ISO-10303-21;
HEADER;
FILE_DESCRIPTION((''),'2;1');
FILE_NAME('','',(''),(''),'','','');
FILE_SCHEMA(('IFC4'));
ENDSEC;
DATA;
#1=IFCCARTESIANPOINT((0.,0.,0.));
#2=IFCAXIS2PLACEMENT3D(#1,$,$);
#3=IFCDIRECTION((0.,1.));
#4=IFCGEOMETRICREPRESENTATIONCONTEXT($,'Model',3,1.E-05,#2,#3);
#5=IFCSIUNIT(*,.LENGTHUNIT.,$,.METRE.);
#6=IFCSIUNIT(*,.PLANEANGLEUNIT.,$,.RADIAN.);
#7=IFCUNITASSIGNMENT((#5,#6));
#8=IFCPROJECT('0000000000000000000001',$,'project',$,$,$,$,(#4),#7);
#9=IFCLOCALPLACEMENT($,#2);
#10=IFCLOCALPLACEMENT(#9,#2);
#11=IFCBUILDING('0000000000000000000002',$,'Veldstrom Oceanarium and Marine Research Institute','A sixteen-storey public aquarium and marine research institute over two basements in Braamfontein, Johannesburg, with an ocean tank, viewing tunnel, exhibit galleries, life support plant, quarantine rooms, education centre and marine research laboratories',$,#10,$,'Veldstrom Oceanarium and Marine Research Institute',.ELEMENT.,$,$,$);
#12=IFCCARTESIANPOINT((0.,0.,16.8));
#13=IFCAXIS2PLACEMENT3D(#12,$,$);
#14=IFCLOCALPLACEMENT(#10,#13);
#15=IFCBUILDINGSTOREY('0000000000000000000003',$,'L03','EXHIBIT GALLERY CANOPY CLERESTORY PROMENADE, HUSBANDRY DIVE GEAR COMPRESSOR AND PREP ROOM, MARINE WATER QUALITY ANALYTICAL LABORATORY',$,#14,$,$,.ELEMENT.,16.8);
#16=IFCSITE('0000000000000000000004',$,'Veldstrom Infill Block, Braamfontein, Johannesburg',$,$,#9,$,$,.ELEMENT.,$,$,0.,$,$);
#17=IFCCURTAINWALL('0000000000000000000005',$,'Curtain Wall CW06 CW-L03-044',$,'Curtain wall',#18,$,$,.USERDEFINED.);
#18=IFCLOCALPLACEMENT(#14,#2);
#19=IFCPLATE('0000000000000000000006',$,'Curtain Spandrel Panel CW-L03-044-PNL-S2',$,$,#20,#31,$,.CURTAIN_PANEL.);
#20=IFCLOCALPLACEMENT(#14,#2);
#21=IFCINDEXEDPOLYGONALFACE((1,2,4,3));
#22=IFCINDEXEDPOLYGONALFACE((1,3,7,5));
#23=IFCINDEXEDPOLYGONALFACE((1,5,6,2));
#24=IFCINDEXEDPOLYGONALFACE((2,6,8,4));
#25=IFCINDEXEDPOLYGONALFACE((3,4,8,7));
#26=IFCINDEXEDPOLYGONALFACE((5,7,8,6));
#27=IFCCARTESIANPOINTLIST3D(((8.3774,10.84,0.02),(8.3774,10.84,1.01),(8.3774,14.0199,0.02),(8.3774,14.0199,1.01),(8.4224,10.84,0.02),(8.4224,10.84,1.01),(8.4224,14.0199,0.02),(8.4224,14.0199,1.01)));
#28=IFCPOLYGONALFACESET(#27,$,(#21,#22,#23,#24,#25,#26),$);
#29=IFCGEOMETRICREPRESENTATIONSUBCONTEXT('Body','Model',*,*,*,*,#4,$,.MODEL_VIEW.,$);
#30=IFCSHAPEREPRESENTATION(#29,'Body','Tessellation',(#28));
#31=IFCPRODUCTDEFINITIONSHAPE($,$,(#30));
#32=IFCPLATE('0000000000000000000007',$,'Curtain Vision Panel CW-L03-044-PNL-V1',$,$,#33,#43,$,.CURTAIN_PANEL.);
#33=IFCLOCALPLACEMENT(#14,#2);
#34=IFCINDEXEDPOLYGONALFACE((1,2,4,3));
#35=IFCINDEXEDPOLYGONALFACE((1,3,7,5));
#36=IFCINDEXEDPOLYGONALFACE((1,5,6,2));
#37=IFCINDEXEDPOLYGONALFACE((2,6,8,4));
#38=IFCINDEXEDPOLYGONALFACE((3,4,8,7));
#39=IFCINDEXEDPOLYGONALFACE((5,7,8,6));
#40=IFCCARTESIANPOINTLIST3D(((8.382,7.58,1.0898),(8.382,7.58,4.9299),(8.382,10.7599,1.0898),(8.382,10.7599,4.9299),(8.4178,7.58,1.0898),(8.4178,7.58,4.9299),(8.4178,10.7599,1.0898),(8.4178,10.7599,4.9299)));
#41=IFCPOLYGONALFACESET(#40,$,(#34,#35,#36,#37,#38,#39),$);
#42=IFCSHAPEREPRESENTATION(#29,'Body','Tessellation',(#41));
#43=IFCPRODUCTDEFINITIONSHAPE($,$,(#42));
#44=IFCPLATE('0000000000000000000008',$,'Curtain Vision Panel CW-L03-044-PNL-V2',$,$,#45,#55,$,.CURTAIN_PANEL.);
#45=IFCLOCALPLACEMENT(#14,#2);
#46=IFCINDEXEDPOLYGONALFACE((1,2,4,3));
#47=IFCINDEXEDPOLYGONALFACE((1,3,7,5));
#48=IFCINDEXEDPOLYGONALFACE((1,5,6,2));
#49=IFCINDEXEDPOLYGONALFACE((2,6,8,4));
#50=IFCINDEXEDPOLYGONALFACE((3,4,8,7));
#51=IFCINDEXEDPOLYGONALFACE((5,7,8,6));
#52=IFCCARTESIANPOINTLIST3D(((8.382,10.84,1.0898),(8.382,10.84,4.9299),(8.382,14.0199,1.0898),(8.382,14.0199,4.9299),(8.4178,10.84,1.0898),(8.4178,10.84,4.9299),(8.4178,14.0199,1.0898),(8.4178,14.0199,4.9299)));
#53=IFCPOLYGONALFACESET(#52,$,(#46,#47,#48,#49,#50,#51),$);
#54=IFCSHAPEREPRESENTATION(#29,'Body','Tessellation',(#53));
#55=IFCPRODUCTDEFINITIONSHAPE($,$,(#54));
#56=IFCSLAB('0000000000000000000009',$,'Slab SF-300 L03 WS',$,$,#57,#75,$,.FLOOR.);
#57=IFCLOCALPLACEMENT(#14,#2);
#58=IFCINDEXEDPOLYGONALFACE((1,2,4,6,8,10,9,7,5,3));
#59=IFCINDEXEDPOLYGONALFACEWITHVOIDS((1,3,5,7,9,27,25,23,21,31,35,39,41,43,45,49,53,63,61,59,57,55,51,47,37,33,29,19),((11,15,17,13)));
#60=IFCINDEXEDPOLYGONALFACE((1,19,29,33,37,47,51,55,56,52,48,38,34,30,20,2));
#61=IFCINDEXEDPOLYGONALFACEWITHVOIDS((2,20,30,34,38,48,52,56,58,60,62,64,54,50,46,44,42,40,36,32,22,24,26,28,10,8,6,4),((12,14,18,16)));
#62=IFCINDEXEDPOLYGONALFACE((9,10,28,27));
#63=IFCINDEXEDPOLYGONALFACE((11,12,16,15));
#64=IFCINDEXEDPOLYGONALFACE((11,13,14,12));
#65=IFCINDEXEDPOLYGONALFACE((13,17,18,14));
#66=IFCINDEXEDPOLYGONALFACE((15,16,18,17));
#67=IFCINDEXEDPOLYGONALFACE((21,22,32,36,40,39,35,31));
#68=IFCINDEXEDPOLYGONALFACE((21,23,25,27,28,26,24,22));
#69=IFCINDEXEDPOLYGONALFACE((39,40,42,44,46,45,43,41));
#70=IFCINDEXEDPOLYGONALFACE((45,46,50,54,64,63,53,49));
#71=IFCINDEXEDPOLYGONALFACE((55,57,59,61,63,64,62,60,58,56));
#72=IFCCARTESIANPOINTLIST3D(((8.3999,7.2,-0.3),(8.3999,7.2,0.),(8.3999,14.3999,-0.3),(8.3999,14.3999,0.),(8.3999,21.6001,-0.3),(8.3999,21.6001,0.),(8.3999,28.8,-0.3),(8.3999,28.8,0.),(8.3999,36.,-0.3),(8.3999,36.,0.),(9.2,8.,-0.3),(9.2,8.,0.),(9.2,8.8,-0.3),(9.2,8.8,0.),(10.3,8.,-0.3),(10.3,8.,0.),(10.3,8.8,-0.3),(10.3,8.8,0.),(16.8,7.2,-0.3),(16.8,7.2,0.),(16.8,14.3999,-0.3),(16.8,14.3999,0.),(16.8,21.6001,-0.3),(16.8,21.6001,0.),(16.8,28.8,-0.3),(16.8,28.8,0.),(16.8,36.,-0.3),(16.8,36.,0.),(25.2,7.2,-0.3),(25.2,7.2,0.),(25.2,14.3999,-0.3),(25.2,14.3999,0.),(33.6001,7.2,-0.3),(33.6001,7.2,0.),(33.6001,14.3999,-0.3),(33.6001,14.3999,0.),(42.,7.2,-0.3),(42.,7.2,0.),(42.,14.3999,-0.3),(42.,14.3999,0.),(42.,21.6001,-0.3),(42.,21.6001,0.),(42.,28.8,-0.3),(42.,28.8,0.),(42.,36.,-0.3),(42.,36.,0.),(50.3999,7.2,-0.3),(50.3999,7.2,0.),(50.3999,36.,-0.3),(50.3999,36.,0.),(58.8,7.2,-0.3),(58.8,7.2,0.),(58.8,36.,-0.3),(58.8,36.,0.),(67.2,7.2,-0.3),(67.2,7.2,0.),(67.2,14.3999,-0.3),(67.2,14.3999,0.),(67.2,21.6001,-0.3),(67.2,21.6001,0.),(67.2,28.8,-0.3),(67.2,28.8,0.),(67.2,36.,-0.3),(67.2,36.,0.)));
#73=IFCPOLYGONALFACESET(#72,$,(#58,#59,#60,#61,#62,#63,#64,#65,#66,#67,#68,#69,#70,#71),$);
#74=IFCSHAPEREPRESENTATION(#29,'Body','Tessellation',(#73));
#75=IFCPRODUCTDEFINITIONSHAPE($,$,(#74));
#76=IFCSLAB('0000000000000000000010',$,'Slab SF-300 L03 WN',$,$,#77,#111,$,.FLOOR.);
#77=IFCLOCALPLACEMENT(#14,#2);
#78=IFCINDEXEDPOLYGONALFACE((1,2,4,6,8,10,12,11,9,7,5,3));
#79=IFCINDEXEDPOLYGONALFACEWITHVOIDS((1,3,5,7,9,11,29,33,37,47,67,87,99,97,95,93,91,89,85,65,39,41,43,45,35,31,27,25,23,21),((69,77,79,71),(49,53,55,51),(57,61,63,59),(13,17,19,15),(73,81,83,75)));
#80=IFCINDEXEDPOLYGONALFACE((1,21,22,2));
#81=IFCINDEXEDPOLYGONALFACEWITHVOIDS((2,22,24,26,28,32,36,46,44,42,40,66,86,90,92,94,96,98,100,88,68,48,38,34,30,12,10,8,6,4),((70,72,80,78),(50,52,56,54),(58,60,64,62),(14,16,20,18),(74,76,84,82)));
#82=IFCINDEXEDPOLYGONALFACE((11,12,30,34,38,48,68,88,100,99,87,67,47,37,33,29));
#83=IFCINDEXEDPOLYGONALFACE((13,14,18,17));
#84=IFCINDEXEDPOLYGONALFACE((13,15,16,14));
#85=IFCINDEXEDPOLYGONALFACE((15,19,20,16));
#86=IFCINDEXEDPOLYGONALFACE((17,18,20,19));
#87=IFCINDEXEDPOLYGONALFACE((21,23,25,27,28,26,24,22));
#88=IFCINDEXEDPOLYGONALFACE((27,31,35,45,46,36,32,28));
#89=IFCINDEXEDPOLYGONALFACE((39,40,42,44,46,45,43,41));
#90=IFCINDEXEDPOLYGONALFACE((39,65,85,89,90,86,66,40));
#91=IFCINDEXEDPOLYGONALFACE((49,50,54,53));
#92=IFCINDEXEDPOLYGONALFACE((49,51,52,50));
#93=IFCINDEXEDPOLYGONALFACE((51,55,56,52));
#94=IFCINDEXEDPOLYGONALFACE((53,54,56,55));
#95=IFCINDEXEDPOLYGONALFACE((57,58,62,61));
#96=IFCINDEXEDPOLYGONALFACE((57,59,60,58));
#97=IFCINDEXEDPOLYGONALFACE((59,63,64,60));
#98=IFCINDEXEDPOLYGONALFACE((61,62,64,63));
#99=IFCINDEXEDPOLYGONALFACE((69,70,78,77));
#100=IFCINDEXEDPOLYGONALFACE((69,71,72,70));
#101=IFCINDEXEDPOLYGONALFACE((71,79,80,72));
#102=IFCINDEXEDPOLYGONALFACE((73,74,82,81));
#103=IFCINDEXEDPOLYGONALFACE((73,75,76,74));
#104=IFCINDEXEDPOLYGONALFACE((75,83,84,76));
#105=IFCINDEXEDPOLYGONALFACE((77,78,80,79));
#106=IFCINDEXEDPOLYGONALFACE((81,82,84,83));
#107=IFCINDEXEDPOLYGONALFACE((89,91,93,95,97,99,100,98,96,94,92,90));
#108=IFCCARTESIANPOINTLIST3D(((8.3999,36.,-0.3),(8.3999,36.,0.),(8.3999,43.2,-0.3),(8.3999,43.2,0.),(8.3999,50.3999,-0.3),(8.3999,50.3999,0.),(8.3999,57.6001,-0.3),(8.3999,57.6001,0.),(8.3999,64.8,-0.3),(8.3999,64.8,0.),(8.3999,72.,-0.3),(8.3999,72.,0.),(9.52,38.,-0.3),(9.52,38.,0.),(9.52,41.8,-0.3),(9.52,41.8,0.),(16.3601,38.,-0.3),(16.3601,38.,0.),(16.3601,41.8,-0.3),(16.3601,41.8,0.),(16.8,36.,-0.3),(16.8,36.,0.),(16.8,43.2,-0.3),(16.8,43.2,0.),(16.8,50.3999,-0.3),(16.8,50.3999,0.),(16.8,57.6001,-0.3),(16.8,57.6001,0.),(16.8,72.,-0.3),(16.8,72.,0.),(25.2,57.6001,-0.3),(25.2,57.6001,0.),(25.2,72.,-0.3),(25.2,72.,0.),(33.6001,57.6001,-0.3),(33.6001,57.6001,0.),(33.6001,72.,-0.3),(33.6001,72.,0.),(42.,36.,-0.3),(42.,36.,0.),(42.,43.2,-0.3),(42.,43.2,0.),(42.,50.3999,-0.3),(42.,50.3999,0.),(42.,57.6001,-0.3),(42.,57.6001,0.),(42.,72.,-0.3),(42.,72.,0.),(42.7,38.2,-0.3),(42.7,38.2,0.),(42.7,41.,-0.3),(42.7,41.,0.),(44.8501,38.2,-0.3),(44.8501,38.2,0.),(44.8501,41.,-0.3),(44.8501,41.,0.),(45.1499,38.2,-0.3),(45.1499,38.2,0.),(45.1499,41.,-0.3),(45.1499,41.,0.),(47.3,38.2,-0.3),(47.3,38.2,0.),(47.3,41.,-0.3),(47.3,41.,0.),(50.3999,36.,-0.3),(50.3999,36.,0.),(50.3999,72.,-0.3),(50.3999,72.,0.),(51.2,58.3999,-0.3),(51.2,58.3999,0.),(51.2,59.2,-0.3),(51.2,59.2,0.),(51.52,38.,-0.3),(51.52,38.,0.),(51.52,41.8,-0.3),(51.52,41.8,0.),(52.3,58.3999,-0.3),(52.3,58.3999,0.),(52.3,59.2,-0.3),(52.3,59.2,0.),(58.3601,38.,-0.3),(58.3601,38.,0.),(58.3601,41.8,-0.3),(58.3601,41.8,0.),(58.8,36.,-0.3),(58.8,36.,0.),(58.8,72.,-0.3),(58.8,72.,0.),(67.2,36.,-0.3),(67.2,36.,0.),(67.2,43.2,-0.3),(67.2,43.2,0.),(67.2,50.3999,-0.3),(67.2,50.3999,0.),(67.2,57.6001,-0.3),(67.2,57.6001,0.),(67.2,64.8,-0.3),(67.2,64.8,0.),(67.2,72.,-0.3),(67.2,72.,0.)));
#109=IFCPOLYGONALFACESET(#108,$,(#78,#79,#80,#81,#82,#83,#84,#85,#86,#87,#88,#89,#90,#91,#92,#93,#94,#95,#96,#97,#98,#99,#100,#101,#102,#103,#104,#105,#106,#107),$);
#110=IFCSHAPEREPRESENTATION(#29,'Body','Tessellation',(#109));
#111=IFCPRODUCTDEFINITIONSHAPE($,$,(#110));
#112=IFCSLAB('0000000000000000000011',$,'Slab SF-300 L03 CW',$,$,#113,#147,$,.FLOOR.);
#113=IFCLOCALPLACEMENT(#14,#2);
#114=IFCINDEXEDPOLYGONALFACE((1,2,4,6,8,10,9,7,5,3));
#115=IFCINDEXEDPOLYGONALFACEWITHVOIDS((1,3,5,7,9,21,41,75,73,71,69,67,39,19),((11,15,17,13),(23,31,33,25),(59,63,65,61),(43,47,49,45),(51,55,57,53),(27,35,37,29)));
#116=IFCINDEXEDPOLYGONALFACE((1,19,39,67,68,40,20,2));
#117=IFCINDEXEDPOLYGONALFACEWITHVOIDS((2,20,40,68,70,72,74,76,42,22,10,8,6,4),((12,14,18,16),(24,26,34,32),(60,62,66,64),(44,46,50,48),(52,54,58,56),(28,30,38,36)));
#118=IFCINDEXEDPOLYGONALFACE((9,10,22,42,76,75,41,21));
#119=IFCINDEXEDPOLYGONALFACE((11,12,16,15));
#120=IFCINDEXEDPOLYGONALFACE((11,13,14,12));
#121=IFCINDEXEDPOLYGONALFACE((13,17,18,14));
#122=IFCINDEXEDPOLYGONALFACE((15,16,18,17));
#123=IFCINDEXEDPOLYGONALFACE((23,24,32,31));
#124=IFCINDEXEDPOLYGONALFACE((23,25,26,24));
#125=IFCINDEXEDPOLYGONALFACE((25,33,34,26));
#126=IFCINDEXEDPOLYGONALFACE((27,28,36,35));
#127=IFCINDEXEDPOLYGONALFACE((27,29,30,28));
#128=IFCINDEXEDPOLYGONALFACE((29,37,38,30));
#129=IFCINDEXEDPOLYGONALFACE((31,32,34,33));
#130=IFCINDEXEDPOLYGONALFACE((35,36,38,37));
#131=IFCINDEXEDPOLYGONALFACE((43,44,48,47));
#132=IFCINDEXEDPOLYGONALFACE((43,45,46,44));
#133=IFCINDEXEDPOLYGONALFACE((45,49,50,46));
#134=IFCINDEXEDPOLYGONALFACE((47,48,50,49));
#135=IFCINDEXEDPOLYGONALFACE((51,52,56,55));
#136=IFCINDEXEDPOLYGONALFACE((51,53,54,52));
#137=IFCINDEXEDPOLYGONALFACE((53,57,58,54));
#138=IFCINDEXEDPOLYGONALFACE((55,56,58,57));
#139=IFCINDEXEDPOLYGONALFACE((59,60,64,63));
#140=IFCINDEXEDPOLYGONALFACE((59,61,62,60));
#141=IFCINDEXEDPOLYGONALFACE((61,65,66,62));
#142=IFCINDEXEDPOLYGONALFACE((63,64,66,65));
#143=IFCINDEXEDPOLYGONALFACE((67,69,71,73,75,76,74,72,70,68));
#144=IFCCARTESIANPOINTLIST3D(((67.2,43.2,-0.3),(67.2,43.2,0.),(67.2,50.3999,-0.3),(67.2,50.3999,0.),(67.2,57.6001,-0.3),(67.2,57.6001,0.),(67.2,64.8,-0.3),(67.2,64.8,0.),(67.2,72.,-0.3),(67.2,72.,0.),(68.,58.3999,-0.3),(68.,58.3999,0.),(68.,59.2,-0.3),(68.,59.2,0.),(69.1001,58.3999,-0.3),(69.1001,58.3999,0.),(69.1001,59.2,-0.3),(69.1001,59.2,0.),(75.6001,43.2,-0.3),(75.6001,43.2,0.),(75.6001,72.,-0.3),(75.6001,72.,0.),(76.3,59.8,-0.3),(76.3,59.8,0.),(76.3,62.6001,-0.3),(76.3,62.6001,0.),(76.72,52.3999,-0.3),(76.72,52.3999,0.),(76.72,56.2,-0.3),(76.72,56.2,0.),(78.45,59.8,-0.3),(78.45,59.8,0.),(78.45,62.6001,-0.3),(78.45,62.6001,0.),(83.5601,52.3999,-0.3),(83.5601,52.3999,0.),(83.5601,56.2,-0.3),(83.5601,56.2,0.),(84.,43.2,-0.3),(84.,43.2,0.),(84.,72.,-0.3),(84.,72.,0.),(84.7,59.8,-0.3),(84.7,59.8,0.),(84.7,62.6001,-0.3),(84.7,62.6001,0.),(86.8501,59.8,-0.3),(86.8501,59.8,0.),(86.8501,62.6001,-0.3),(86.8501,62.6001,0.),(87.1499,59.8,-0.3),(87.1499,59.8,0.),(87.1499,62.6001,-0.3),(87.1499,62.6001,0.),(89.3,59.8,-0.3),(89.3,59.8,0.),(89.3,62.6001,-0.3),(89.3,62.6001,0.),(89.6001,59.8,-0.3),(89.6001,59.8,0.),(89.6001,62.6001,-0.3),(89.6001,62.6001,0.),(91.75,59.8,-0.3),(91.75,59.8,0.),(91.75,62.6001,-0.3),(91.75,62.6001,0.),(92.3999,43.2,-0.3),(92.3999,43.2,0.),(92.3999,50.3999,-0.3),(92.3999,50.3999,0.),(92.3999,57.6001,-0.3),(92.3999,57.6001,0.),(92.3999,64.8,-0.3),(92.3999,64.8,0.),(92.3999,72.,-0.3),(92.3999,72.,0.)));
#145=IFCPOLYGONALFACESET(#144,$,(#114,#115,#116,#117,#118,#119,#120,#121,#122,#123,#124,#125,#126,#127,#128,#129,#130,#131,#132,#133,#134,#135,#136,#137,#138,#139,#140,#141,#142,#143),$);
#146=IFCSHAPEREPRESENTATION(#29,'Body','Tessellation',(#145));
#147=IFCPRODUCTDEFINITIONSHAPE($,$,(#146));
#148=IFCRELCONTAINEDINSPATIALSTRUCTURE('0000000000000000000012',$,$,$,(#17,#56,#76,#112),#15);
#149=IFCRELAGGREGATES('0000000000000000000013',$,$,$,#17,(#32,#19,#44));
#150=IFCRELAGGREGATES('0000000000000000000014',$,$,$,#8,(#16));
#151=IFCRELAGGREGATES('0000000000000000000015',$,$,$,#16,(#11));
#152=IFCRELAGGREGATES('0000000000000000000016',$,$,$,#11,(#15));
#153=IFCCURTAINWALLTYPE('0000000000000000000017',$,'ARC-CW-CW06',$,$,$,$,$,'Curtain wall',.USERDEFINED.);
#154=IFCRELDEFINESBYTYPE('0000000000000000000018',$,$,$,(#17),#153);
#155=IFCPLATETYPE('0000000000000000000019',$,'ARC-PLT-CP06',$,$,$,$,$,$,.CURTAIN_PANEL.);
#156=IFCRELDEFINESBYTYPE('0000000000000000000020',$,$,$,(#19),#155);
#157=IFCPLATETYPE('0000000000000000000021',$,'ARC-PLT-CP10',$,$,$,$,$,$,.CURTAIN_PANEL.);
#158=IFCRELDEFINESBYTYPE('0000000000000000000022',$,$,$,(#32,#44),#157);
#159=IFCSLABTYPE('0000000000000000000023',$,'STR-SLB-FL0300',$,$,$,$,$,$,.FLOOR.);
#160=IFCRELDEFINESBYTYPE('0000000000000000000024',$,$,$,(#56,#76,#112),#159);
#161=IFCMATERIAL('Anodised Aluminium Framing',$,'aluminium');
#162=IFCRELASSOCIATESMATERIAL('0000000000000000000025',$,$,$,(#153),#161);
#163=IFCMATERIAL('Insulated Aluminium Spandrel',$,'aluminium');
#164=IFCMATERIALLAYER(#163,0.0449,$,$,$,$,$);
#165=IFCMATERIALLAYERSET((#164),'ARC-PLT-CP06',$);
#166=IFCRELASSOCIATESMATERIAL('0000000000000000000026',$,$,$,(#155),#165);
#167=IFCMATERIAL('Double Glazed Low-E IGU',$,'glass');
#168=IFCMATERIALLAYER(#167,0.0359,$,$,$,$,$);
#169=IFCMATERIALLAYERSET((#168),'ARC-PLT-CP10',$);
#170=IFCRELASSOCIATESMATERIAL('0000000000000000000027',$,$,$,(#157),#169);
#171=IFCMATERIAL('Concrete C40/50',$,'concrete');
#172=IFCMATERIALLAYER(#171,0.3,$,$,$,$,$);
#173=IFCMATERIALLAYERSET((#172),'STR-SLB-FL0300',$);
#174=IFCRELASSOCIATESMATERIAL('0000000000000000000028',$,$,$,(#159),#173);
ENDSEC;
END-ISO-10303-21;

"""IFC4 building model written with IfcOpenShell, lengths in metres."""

from ifc_helpers import new_model, si_unit, direction, frame, origin, origin_2d, place, context, subcontext, project, spatial, polyline, rectangle, outline, extrude, material, layer, layer_set, type_object, element, aggregate, save


model = new_model("IFC4")

# Units and contexts
model_context = context("Model", 3, precision=1e-05, world=origin(), true_north=direction((0.0, 1.0)))
body_context = subcontext(model_context, "Body", "Model", "MODEL_VIEW")
ifc_project = project(units=[si_unit("LENGTHUNIT", "METRE"), si_unit("PLANEANGLEUNIT", "RADIAN")], contexts=[model_context])

# Site, building, storey
site_placement = place(None, origin())
site = spatial("IfcSite", under=ifc_project, at=site_placement, Name="Veldstrom Infill Block, Braamfontein, Johannesburg", CompositionType="ELEMENT", RefElevation=0.0)
building_placement = place(site_placement, origin())
building = spatial("IfcBuilding", under=site, at=building_placement, Name="Veldstrom Oceanarium and Marine Research Institute", Description="A sixteen-storey public aquarium and marine research institute over two basements in Braamfontein, Johannesburg, with an ocean tank, viewing tunnel, exhibit galleries, life support plant, quarantine rooms, education centre and marine research laboratories", LongName="Veldstrom Oceanarium and Marine Research Institute", CompositionType="ELEMENT")
storey_placement = place(building_placement, frame((0.0, 0.0, 16.8)))
storey = spatial("IfcBuildingStorey", under=building, at=storey_placement, Name="L03", Description="EXHIBIT GALLERY CANOPY CLERESTORY PROMENADE, HUSBANDRY DIVE GEAR COMPRESSOR AND PREP ROOM, MARINE WATER QUALITY ANALYTICAL LABORATORY", CompositionType="ELEMENT", Elevation=16.8)

# Curtain wall
ifc_material_1 = material(Name="Anodised Aluminium Framing", Category="aluminium")
curtain_wall_type_1 = type_object("IfcCurtainWallType", Name="ARC-CW-CW06", ElementType="Curtain wall", PredefinedType="USERDEFINED", material=ifc_material_1)
curtain_wall_1_placement = place(storey_placement, origin())
curtain_wall_1 = element("IfcCurtainWall", 1, at=curtain_wall_1_placement, inside=storey, type_object=curtain_wall_type_1, Name="Curtain Wall CW06 CW-L03-044", ObjectType="Curtain wall", PredefinedType="USERDEFINED")

# Plates
ifc_material_2 = material(Name="Insulated Aluminium Spandrel", Category="aluminium")
ifc_layer_1 = layer(ifc_material_2, 0.0449)
ifc_layer_set_1 = layer_set([ifc_layer_1], Name="ARC-PLT-CP06")
plate_type_1 = type_object("IfcPlateType", Name="ARC-PLT-CP06", PredefinedType="CURTAIN_PANEL", material=ifc_layer_set_1)
plate_1_placement = place(storey_placement, frame((8.3999, 12.4299, 0.02), z_axis=(0.0, 0.0, 1.0), x_axis=(0.0, 1.0, 0.0)))
plate_1 = element("IfcPlate", 2, at=plate_1_placement, type_object=plate_type_1, Name="Curtain Spandrel Panel CW-L03-044-PNL-S2", PredefinedType="CURTAIN_PANEL", context=body_context, shape_type="SweptSolid", body=[
    extrude(rectangle(XDim=3.1799, YDim=0.0449, at=origin_2d()), origin(), (0.0, 0.0, 1.0), 0.99),
])
ifc_material_3 = material(Name="Double Glazed Low-E IGU", Category="glass")
ifc_layer_2 = layer(ifc_material_3, 0.0359)
ifc_layer_set_2 = layer_set([ifc_layer_2], Name="ARC-PLT-CP10")
plate_type_2 = type_object("IfcPlateType", Name="ARC-PLT-CP10", PredefinedType="CURTAIN_PANEL", material=ifc_layer_set_2)
plate_2_placement = place(storey_placement, frame((8.3999, 9.1699, 1.0898), z_axis=(0.0, 0.0, 1.0), x_axis=(0.0, 1.0, 0.0)))
plate_2 = element("IfcPlate", 3, at=plate_2_placement, type_object=plate_type_2, Name="Curtain Vision Panel CW-L03-044-PNL-V1", PredefinedType="CURTAIN_PANEL", context=body_context, shape_type="SweptSolid", body=[
    extrude(rectangle(XDim=3.1799, YDim=0.0359, at=origin_2d()), origin(), (0.0, 0.0, 1.0), 3.8401),
])
plate_3_placement = place(storey_placement, frame((8.3999, 12.4299, 1.0898), z_axis=(0.0, 0.0, 1.0), x_axis=(0.0, 1.0, 0.0)))
plate_3 = element("IfcPlate", 4, at=plate_3_placement, type_object=plate_type_2, Name="Curtain Vision Panel CW-L03-044-PNL-V2", PredefinedType="CURTAIN_PANEL", context=body_context, shape_type="SweptSolid", body=[
    extrude(rectangle(XDim=3.1799, YDim=0.0359, at=origin_2d()), origin(), (0.0, 0.0, 1.0), 3.8401),
])
aggregate(curtain_wall_1, [plate_2, plate_1, plate_3])

# Slabs
ifc_material_4 = material(Name="Concrete C40/50", Category="concrete")
ifc_layer_3 = layer(ifc_material_4, 0.3)
ifc_layer_set_3 = layer_set([ifc_layer_3], Name="STR-SLB-FL0300")
slab_type_1 = type_object("IfcSlabType", Name="STR-SLB-FL0300", PredefinedType="FLOOR", material=ifc_layer_set_3)
slab_1_placement = place(storey_placement, frame((0.0, 0.0, -0.3)))
element("IfcSlab", 5, at=slab_1_placement, inside=storey, type_object=slab_type_1, Name="Slab SF-300 L03 WS", PredefinedType="FLOOR", context=body_context, shape_type="SweptSolid", body=[
    extrude(outline(polyline([(33.6001, 7.2), (25.2, 7.2), (16.8, 7.2), (8.3999, 7.2), (8.3999, 14.3999), (8.3999, 21.6001), (8.3999, 28.8), (8.3999, 36.0), (16.8, 36.0), (16.8, 28.8), (16.8, 21.6001), (16.8, 14.3999), (25.2, 14.3999), (33.6001, 14.3999), (42.0, 14.3999), (42.0, 21.6001), (42.0, 28.8), (42.0, 36.0), (50.3999, 36.0), (58.8, 36.0), (67.2, 36.0), (67.2, 28.8), (67.2, 21.6001), (67.2, 14.3999), (67.2, 7.2), (58.8, 7.2), (50.3999, 7.2), (42.0, 7.2), (33.6001, 7.2)]), holes=[polyline([(10.3, 8.8), (9.2, 8.8), (9.2, 8.0), (10.3, 8.0), (10.3, 8.8)])]), origin(), (0.0, 0.0, 1.0), 0.3),
])
slab_2_placement = place(storey_placement, frame((0.0, 0.0, -0.3)))
element("IfcSlab", 6, at=slab_2_placement, inside=storey, type_object=slab_type_1, Name="Slab SF-300 L03 WN", PredefinedType="FLOOR", context=body_context, shape_type="SweptSolid", body=[
    extrude(outline(polyline([(67.2, 36.0), (58.8, 36.0), (50.3999, 36.0), (42.0, 36.0), (42.0, 43.2), (42.0, 50.3999), (42.0, 57.6001), (33.6001, 57.6001), (25.2, 57.6001), (16.8, 57.6001), (16.8, 50.3999), (16.8, 43.2), (16.8, 36.0), (8.3999, 36.0), (8.3999, 43.2), (8.3999, 50.3999), (8.3999, 57.6001), (8.3999, 64.8), (8.3999, 72.0), (16.8, 72.0), (25.2, 72.0), (33.6001, 72.0), (42.0, 72.0), (50.3999, 72.0), (58.8, 72.0), (67.2, 72.0), (67.2, 64.8), (67.2, 57.6001), (67.2, 50.3999), (67.2, 43.2), (67.2, 36.0)]), holes=[polyline([(16.3601, 41.8), (9.52, 41.8), (9.52, 38.0), (16.3601, 38.0), (16.3601, 41.8)]), polyline([(51.52, 38.0), (58.3601, 38.0), (58.3601, 41.8), (51.52, 41.8), (51.52, 38.0)]), polyline([(44.8501, 38.2), (44.8501, 41.0), (42.7, 41.0), (42.7, 38.2), (44.8501, 38.2)]), polyline([(45.1499, 38.2), (47.3, 38.2), (47.3, 41.0), (45.1499, 41.0), (45.1499, 38.2)]), polyline([(52.3, 59.2), (51.2, 59.2), (51.2, 58.3999), (52.3, 58.3999), (52.3, 59.2)])]), origin(), (0.0, 0.0, 1.0), 0.3),
])
slab_3_placement = place(storey_placement, frame((0.0, 0.0, -0.3)))
element("IfcSlab", 7, at=slab_3_placement, inside=storey, type_object=slab_type_1, Name="Slab SF-300 L03 CW", PredefinedType="FLOOR", context=body_context, shape_type="SweptSolid", body=[
    extrude(outline(polyline([(67.2, 64.8), (67.2, 72.0), (75.6001, 72.0), (84.0, 72.0), (92.3999, 72.0), (92.3999, 64.8), (92.3999, 57.6001), (92.3999, 50.3999), (92.3999, 43.2), (84.0, 43.2), (75.6001, 43.2), (67.2, 43.2), (67.2, 50.3999), (67.2, 57.6001), (67.2, 64.8)]), holes=[polyline([(76.72, 52.3999), (83.5601, 52.3999), (83.5601, 56.2), (76.72, 56.2), (76.72, 52.3999)]), polyline([(78.45, 62.6001), (76.3, 62.6001), (76.3, 59.8), (78.45, 59.8), (78.45, 62.6001)]), polyline([(84.7, 59.8), (86.8501, 59.8), (86.8501, 62.6001), (84.7, 62.6001), (84.7, 59.8)]), polyline([(87.1499, 62.6001), (87.1499, 59.8), (89.3, 59.8), (89.3, 62.6001), (87.1499, 62.6001)]), polyline([(91.75, 62.6001), (89.6001, 62.6001), (89.6001, 59.8), (91.75, 59.8), (91.75, 62.6001)]), polyline([(69.1001, 59.2), (68.0, 59.2), (68.0, 58.3999), (69.1001, 58.3999), (69.1001, 59.2)])]), origin(), (0.0, 0.0, 1.0), 0.3),
])

save(model, "model.ifc")
